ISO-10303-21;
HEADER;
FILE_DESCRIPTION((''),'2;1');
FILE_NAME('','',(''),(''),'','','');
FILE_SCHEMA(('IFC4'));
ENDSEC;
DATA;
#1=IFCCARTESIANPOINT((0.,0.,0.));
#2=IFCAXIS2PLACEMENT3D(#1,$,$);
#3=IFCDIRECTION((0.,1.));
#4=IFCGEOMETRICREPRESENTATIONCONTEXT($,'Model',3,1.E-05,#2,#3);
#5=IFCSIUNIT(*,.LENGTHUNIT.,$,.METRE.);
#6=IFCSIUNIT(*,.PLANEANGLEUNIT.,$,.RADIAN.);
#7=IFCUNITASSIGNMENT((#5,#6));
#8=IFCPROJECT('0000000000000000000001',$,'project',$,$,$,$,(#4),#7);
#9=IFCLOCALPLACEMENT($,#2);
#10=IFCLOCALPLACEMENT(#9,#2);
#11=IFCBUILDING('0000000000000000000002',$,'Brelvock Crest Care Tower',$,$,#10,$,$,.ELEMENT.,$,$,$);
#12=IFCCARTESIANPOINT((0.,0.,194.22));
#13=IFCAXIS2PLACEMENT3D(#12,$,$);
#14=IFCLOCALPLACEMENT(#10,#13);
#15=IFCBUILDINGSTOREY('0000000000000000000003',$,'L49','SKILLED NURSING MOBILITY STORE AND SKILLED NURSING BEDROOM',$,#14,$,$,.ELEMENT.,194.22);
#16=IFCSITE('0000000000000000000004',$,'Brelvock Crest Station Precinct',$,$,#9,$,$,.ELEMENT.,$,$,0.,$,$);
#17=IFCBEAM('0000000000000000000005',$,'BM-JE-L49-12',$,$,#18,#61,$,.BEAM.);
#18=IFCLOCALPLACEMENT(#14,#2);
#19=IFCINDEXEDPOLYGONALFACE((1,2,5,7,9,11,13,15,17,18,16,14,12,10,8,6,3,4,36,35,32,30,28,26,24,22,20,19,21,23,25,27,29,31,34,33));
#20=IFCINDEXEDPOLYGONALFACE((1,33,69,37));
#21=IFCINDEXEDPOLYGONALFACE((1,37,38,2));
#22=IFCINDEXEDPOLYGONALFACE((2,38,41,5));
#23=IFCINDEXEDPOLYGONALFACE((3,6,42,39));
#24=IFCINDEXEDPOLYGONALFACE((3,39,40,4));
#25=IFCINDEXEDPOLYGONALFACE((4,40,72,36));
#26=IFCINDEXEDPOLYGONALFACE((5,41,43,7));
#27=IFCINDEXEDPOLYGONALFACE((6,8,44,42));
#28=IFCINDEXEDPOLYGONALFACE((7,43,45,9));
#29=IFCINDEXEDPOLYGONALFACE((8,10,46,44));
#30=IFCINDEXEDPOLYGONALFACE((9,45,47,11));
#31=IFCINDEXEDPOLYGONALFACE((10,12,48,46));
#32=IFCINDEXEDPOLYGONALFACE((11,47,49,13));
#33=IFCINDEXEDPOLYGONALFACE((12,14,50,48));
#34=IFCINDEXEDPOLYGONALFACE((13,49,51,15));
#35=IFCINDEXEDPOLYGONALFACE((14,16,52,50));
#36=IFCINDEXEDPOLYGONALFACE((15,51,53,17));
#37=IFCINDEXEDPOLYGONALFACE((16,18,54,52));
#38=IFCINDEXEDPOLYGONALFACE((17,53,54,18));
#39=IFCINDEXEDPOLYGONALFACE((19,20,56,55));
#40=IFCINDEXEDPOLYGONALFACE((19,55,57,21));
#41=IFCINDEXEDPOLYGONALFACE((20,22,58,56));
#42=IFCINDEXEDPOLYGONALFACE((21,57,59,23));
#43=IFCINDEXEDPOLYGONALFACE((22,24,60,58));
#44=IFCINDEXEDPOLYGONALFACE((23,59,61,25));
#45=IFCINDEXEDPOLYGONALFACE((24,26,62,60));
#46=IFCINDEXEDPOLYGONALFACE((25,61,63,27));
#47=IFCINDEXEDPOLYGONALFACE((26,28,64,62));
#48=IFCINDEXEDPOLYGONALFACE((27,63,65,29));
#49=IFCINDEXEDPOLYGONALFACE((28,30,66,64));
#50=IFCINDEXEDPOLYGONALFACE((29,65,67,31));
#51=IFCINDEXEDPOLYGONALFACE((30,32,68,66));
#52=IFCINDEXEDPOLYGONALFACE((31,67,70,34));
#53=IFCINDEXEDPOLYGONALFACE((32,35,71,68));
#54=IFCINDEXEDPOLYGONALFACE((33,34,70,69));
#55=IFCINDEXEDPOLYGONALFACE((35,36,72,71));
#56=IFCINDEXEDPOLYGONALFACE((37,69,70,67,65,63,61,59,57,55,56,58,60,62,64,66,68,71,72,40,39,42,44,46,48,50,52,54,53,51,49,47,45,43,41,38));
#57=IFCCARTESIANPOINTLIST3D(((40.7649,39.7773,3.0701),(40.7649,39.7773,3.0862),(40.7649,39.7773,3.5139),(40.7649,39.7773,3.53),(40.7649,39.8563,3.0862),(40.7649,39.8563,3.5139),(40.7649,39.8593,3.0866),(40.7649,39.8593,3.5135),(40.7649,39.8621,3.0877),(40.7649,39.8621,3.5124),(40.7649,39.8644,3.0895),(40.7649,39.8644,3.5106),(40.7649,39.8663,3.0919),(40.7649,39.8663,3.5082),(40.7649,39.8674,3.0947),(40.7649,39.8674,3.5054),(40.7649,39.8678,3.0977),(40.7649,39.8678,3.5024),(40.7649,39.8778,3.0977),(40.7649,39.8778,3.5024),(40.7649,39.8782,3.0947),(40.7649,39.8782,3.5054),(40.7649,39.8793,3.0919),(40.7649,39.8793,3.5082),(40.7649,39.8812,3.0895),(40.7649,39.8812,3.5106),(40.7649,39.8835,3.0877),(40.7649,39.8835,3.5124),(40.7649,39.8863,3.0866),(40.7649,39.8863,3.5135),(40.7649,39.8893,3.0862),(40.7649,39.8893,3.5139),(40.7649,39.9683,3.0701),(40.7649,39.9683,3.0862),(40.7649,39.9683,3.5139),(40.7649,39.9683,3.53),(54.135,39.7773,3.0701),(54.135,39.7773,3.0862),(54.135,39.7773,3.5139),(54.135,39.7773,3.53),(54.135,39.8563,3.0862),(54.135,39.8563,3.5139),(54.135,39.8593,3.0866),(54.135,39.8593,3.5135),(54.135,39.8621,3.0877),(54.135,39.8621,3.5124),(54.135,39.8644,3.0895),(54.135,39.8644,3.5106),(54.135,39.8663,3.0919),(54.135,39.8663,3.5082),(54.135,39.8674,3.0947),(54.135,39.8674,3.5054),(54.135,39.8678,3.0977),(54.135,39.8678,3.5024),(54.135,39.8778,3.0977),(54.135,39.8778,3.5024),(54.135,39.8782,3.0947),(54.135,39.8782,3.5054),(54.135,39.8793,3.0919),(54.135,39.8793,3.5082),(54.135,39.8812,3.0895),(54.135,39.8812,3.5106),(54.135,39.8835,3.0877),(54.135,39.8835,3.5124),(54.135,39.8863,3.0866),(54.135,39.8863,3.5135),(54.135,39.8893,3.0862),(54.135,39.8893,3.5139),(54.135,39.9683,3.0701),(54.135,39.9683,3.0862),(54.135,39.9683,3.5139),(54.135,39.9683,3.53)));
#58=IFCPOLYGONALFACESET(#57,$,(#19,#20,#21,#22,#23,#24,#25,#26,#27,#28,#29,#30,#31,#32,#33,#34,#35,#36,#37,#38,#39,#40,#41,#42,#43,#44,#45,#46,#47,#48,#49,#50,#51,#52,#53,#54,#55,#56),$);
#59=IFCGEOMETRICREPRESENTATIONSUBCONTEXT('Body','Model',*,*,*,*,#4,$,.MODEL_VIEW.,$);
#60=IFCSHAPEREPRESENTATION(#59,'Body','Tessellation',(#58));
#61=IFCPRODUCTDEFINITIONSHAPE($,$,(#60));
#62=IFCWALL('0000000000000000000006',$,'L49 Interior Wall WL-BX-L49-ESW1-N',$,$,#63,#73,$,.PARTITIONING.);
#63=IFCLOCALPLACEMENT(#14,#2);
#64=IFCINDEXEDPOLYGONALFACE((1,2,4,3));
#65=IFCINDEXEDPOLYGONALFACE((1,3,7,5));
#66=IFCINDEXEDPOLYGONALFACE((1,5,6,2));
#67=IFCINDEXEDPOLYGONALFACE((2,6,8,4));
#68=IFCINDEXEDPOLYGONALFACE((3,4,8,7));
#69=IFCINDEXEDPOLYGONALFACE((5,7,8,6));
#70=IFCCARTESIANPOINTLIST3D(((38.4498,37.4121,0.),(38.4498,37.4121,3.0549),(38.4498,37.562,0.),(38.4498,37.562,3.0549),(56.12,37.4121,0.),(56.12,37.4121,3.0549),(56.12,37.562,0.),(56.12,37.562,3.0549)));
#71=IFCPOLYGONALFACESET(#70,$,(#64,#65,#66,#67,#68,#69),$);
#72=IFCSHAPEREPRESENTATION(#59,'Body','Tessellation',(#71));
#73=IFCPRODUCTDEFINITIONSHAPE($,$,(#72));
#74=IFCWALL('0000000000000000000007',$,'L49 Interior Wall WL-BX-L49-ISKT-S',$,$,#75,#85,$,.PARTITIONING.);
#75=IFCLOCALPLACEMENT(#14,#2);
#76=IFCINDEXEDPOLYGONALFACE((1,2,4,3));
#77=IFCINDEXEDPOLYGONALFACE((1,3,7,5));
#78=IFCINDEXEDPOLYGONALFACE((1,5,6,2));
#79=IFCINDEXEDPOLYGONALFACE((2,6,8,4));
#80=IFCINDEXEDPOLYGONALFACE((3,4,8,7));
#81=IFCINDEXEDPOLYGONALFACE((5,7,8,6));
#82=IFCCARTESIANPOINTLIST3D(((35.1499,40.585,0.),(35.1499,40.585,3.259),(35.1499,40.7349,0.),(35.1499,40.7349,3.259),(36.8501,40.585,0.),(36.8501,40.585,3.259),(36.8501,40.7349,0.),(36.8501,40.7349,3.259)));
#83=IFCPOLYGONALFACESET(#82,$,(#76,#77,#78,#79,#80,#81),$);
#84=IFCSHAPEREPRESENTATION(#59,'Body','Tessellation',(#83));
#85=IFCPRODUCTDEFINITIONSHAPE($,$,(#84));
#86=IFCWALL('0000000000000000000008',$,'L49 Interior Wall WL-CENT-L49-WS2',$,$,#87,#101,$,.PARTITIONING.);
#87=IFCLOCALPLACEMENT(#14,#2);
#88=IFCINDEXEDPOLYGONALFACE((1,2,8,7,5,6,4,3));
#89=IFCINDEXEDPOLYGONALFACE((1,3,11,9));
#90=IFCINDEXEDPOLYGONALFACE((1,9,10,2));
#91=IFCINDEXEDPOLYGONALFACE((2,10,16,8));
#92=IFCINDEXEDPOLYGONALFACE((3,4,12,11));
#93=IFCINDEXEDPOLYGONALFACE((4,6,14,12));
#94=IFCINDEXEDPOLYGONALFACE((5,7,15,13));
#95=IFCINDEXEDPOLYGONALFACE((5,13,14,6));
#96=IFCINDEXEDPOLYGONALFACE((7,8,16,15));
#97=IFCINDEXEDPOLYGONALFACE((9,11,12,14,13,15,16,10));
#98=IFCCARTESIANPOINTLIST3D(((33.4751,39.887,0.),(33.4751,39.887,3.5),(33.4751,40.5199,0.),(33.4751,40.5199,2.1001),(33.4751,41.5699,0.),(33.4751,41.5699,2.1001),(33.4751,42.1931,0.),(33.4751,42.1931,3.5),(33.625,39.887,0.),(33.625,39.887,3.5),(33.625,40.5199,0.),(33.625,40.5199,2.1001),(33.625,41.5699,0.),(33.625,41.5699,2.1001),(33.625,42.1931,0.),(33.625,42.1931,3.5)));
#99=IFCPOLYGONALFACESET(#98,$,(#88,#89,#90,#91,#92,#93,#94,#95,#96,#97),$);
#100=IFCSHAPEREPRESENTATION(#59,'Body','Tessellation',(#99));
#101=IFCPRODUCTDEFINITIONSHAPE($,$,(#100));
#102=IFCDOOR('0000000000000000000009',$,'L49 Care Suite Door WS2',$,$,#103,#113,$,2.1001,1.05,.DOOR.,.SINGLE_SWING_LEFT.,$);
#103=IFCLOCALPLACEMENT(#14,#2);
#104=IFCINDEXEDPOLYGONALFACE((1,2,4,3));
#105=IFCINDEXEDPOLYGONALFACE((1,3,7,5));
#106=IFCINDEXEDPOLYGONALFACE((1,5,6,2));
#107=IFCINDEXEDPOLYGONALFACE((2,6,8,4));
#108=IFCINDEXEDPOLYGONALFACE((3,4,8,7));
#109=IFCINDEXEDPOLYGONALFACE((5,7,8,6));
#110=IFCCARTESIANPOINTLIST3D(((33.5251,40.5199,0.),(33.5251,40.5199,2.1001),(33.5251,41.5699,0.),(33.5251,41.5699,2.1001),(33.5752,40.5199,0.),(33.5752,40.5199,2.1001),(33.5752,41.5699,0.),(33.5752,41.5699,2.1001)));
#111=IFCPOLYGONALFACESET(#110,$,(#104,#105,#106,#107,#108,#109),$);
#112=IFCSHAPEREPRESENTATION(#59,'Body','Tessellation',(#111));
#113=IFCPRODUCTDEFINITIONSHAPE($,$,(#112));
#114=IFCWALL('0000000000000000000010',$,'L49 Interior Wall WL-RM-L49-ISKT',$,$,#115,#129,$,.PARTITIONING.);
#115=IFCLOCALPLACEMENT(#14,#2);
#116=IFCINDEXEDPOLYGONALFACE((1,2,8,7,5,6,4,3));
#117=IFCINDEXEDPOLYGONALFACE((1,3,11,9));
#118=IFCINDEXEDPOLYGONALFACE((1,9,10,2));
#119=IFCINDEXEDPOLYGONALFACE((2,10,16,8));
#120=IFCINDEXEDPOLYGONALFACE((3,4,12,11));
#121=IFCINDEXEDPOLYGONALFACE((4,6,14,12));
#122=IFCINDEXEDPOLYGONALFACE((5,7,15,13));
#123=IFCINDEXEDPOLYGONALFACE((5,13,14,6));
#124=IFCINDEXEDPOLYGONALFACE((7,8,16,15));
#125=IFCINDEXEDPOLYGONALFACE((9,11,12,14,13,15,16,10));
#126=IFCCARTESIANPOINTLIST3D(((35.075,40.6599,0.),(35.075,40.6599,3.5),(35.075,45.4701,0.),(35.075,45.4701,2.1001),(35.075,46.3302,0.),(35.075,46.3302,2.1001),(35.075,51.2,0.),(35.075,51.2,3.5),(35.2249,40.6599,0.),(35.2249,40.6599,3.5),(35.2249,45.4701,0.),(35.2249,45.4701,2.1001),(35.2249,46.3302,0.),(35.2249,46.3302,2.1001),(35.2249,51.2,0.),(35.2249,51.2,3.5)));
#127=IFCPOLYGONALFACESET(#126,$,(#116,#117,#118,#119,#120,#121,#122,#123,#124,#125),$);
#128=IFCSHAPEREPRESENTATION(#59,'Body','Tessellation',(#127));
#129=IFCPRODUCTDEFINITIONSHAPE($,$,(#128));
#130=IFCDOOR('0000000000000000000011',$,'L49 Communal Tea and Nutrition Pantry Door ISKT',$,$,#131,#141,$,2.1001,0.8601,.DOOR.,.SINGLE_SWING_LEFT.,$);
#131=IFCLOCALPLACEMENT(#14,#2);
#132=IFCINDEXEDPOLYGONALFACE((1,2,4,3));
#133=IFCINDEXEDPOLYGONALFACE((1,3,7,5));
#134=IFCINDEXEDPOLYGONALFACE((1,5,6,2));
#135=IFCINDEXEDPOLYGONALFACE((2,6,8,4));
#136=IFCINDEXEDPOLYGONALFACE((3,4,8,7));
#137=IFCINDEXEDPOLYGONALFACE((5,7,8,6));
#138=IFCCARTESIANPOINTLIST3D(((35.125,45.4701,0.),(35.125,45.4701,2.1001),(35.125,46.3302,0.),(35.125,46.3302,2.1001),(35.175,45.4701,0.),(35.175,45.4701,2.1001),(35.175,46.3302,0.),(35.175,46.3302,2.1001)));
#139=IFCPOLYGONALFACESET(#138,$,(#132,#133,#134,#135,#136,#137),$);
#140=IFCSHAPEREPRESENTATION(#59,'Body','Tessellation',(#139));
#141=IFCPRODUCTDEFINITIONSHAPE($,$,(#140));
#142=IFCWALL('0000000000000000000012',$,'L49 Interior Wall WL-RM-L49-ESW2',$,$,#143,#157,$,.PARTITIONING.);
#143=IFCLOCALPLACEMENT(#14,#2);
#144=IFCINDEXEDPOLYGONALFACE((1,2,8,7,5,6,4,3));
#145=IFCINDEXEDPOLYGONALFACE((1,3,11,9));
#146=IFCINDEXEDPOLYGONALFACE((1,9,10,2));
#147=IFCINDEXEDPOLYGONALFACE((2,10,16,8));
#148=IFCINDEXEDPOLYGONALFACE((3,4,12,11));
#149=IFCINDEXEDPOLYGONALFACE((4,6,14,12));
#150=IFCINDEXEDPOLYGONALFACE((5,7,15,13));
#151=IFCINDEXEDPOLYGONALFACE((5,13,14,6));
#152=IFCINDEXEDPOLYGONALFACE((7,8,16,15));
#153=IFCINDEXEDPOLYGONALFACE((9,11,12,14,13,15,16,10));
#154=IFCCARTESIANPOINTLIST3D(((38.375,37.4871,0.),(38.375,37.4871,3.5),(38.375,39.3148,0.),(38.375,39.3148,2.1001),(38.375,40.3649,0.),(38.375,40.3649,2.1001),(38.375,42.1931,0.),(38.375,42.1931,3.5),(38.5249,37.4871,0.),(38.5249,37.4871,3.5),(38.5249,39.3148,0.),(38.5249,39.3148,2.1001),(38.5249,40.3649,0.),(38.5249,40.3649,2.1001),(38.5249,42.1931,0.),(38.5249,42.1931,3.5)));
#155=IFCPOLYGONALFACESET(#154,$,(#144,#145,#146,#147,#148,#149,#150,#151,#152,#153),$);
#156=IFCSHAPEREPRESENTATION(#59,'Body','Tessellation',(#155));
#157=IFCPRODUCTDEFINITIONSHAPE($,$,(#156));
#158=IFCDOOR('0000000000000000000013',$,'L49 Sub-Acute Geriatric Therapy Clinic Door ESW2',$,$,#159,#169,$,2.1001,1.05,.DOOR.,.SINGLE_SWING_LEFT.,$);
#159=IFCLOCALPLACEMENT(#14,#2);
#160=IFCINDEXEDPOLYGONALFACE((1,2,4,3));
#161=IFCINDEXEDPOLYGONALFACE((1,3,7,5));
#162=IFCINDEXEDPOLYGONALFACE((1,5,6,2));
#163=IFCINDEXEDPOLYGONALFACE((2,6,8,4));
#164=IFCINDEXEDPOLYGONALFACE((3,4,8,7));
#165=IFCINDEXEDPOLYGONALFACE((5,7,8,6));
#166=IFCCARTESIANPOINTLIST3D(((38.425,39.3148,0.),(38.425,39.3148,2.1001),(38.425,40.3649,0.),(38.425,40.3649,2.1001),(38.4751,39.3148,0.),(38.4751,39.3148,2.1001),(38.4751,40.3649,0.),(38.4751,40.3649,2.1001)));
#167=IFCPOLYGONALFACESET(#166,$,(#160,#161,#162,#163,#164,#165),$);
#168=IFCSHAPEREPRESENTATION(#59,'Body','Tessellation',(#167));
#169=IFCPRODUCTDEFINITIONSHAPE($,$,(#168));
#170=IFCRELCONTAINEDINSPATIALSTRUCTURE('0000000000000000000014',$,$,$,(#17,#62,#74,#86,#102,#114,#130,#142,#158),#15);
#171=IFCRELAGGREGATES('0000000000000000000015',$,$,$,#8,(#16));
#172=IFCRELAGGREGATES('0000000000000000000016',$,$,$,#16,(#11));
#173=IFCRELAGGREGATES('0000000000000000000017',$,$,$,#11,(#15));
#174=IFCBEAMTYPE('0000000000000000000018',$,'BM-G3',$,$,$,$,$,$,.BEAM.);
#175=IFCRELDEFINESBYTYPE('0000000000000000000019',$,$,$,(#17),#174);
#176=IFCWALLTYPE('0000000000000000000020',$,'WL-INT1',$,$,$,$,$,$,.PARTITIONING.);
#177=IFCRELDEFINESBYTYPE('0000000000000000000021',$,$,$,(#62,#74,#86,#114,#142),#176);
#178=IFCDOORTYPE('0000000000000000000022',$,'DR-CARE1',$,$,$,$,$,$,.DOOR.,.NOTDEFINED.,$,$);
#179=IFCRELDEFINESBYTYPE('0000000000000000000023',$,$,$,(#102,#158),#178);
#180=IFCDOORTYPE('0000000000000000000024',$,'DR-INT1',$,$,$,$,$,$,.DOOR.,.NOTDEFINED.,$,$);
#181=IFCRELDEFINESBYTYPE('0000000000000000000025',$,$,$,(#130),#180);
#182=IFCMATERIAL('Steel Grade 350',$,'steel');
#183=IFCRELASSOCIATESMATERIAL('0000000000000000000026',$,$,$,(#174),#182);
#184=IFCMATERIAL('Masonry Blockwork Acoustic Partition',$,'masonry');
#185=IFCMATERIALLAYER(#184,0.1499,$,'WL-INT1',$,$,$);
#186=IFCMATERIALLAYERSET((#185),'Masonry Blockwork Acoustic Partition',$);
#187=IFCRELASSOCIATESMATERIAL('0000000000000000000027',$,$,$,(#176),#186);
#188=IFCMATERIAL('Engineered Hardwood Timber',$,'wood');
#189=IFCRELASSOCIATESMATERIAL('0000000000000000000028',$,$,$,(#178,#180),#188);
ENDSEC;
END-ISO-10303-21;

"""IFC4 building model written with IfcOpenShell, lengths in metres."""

from ifc_helpers import new_model, si_unit, direction, frame, frame_2d, origin, origin_2d, place, context, subcontext, project, spatial, rectangle, i_section, extrude, source, transform, mapped, material, layer, layer_set, material_profile, profile_set, type_object, element, fill, save


model = new_model("IFC4")

# Units and contexts
model_context = context("Model", 3, precision=1e-05, world=origin(), true_north=direction((0.0, 1.0)))
body_context = subcontext(model_context, "Body", "Model", "MODEL_VIEW")
ifc_project = project(units=[si_unit("LENGTHUNIT", "METRE"), si_unit("PLANEANGLEUNIT", "RADIAN")], contexts=[model_context])

# Site, building, storey
site_placement = place(None, origin())
site = spatial("IfcSite", under=ifc_project, at=site_placement, Name="Brelvock Crest Station Precinct", CompositionType="ELEMENT", RefElevation=0.0)
building_placement = place(site_placement, origin())
building = spatial("IfcBuilding", under=site, at=building_placement, Name="Brelvock Crest Care Tower", CompositionType="ELEMENT")
storey_placement = place(building_placement, frame((0.0, 0.0, 194.22)))
storey = spatial("IfcBuildingStorey", under=building, at=storey_placement, Name="L49", Description="SKILLED NURSING MOBILITY STORE AND SKILLED NURSING BEDROOM", CompositionType="ELEMENT", Elevation=194.22)

# Beam
ifc_material_1 = material(Name="Steel Grade 350", Category="steel")
ifc_material_profile_1 = material_profile(ifc_material_1, i_section(OverallWidth=0.1909, OverallDepth=0.46, WebThickness=0.01, FlangeThickness=0.0161, FilletRadius=0.0115, at=origin_2d()), Name="460UB82.1")
ifc_profile_set_1 = profile_set([ifc_material_profile_1], Name="Steel Grade 350")
beam_type_1 = type_object("IfcBeamType", Name="BM-G3", PredefinedType="BEAM", material=ifc_profile_set_1)
shared_shape_1 = source(origin(), body_context, "Body", "SweptSolid", [
    extrude(i_section(OverallWidth=0.1909, OverallDepth=0.46, WebThickness=0.01, FlangeThickness=0.0161, FilletRadius=0.0115, at=origin_2d()), origin(), (0.0, 0.0, 1.0), 13.3701),
])
for number, where, z_axis, x_axis, name in (
    (1, (40.7649, 39.8728, 3.3), (1.0, 0.0, 0.0), (0.0, 1.0, 0.0), "BM-JE-L49-12"),
):
    element("IfcBeam", number, at=place(storey_placement, frame(where, z_axis=z_axis, x_axis=x_axis)), inside=storey, type_object=beam_type_1, Name=name, PredefinedType="BEAM", context=body_context, shape_type="MappedRepresentation", body=[
        mapped(shared_shape_1, transform((0.0, 0.0, 0.0), x_axis=(1.0, 0.0, 0.0), y_axis=(0.0, 1.0, 0.0), z_axis=(0.0, 0.0, 1.0), scale=1.0)),
    ])

# Walls
ifc_material_2 = material(Name="Masonry Blockwork Acoustic Partition", Category="masonry")
ifc_layer_1 = layer(ifc_material_2, 0.1499, Name="WL-INT1")
ifc_layer_set_1 = layer_set([ifc_layer_1], Name="Masonry Blockwork Acoustic Partition")
wall_type_1 = type_object("IfcWallType", Name="WL-INT1", PredefinedType="PARTITIONING", material=ifc_layer_set_1)
wall_1_placement = place(storey_placement, frame((38.45, 37.4871, 0.0), z_axis=(0.0, 0.0, 1.0), x_axis=(1.0, 0.0, 0.0)))
element("IfcWall", 2, at=wall_1_placement, inside=storey, type_object=wall_type_1, Name="L49 Interior Wall WL-BX-L49-ESW1-N", PredefinedType="PARTITIONING", context=body_context, shape_type="SweptSolid", body=[
    extrude(rectangle(XDim=17.6702, YDim=0.1499, at=frame_2d((8.835, 0.0))), origin(), (0.0, 0.0, 1.0), 3.0549),
])
wall_2_placement = place(storey_placement, frame((35.1499, 40.6599, 0.0), z_axis=(0.0, 0.0, 1.0), x_axis=(1.0, 0.0, 0.0)))
element("IfcWall", 3, at=wall_2_placement, inside=storey, type_object=wall_type_1, Name="L49 Interior Wall WL-BX-L49-ISKT-S", PredefinedType="PARTITIONING", context=body_context, shape_type="SweptSolid", body=[
    extrude(rectangle(XDim=1.7002, YDim=0.1499, at=frame_2d((0.8501, 0.0))), origin(), (0.0, 0.0, 1.0), 3.259),
])

# Walls, openings, doors
wall_3_placement = place(storey_placement, frame((33.55, 39.887, 0.0), z_axis=(0.0, 0.0, 1.0), x_axis=(0.0, 1.0, 0.0)))
wall_3 = element("IfcWall", 4, at=wall_3_placement, inside=storey, type_object=wall_type_1, Name="L49 Interior Wall WL-CENT-L49-WS2", PredefinedType="PARTITIONING", context=body_context, shape_type="SweptSolid", body=[
    extrude(rectangle(XDim=2.3062, YDim=0.1499, at=frame_2d((1.1531, 0.0))), origin(), (0.0, 0.0, 1.0), 3.5),
])
opening_1_placement = place(wall_3_placement, frame((0.6331, 0.0, 0.0)))
opening_1 = element("IfcOpeningElement", 5, at=opening_1_placement, cuts=wall_3, PredefinedType="OPENING", context=body_context, shape_type="SweptSolid", body=[
    extrude(rectangle(XDim=1.05, YDim=2.1001, at=origin_2d()), frame((0.5249, 0.085, 1.05), z_axis=(0.0, -1.0, 0.0), x_axis=(1.0, 0.0, 0.0)), (0.0, 0.0, 1.0), 0.1699),
])
ifc_material_3 = material(Name="Engineered Hardwood Timber", Category="wood")
door_type_1 = type_object("IfcDoorType", Name="DR-CARE1", OperationType="NOTDEFINED", PredefinedType="DOOR", material=ifc_material_3)
shared_shape_2 = source(origin(), body_context, "Body", "SweptSolid", [
    extrude(rectangle(XDim=1.05, YDim=2.1001, at=origin_2d()), frame((0.5249, 0.0249, 1.05), z_axis=(0.0, -1.0, 0.0), x_axis=(1.0, 0.0, 0.0)), (0.0, 0.0, 1.0), 0.05),
])
door_1_placement = place(opening_1_placement, origin())
door_1 = element("IfcDoor", 6, at=door_1_placement, inside=storey, type_object=door_type_1, Name="L49 Care Suite Door WS2", OperationType="SINGLE_SWING_LEFT", OverallHeight=2.1001, OverallWidth=1.05, PredefinedType="DOOR", context=body_context, shape_type="MappedRepresentation", body=[
    mapped(shared_shape_2, transform((0.0, 0.0, 0.0), x_axis=(1.0, 0.0, 0.0), y_axis=(0.0, 1.0, 0.0), z_axis=(0.0, 0.0, 1.0), scale=1.0)),
])
fill(opening_1, door_1)
wall_4_placement = place(storey_placement, frame((35.1499, 40.6599, 0.0), z_axis=(0.0, 0.0, 1.0), x_axis=(0.0, 1.0, 0.0)))
wall_4 = element("IfcWall", 7, at=wall_4_placement, inside=storey, type_object=wall_type_1, Name="L49 Interior Wall WL-RM-L49-ISKT", PredefinedType="PARTITIONING", context=body_context, shape_type="SweptSolid", body=[
    extrude(rectangle(XDim=10.54, YDim=0.1499, at=frame_2d((5.27, 0.0))), origin(), (0.0, 0.0, 1.0), 3.5),
])
opening_2_placement = place(wall_4_placement, frame((4.8101, 0.0, 0.0)))
opening_2 = element("IfcOpeningElement", 8, at=opening_2_placement, cuts=wall_4, PredefinedType="OPENING", context=body_context, shape_type="SweptSolid", body=[
    extrude(rectangle(XDim=0.8601, YDim=2.1001, at=origin_2d()), frame((0.4302, 0.085, 1.05), z_axis=(0.0, -1.0, 0.0), x_axis=(1.0, 0.0, 0.0)), (0.0, 0.0, 1.0), 0.1699),
])
door_type_2 = type_object("IfcDoorType", Name="DR-INT1", OperationType="NOTDEFINED", PredefinedType="DOOR", material=ifc_material_3)
shared_shape_3 = source(origin(), body_context, "Body", "SweptSolid", [
    extrude(rectangle(XDim=0.8601, YDim=2.1001, at=origin_2d()), frame((0.4302, 0.0249, 1.05), z_axis=(0.0, -1.0, 0.0), x_axis=(1.0, 0.0, 0.0)), (0.0, 0.0, 1.0), 0.05),
])
door_2_placement = place(opening_2_placement, origin())
door_2 = element("IfcDoor", 9, at=door_2_placement, inside=storey, type_object=door_type_2, Name="L49 Communal Tea and Nutrition Pantry Door ISKT", OperationType="SINGLE_SWING_LEFT", OverallHeight=2.1001, OverallWidth=0.8601, PredefinedType="DOOR", context=body_context, shape_type="MappedRepresentation", body=[
    mapped(shared_shape_3, transform((0.0, 0.0, 0.0), x_axis=(1.0, 0.0, 0.0), y_axis=(0.0, 1.0, 0.0), z_axis=(0.0, 0.0, 1.0), scale=1.0)),
])
fill(opening_2, door_2)
wall_5_placement = place(storey_placement, frame((38.45, 37.4871, 0.0), z_axis=(0.0, 0.0, 1.0), x_axis=(0.0, 1.0, 0.0)))
wall_5 = element("IfcWall", 10, at=wall_5_placement, inside=storey, type_object=wall_type_1, Name="L49 Interior Wall WL-RM-L49-ESW2", PredefinedType="PARTITIONING", context=body_context, shape_type="SweptSolid", body=[
    extrude(rectangle(XDim=4.7061, YDim=0.1499, at=frame_2d((2.353, 0.0))), origin(), (0.0, 0.0, 1.0), 3.5),
])
opening_3_placement = place(wall_5_placement, frame((1.8279, 0.0, 0.0)))
opening_3 = element("IfcOpeningElement", 11, at=opening_3_placement, cuts=wall_5, PredefinedType="OPENING", context=body_context, shape_type="SweptSolid", body=[
    extrude(rectangle(XDim=1.05, YDim=2.1001, at=origin_2d()), frame((0.5249, 0.085, 1.05), z_axis=(0.0, -1.0, 0.0), x_axis=(1.0, 0.0, 0.0)), (0.0, 0.0, 1.0), 0.1699),
])
door_3_placement = place(opening_3_placement, origin())
door_3 = element("IfcDoor", 12, at=door_3_placement, inside=storey, type_object=door_type_1, Name="L49 Sub-Acute Geriatric Therapy Clinic Door ESW2", OperationType="SINGLE_SWING_LEFT", OverallHeight=2.1001, OverallWidth=1.05, PredefinedType="DOOR", context=body_context, shape_type="MappedRepresentation", body=[
    mapped(shared_shape_2, transform((0.0, 0.0, 0.0), x_axis=(1.0, 0.0, 0.0), y_axis=(0.0, 1.0, 0.0), z_axis=(0.0, 0.0, 1.0), scale=1.0)),
])
fill(opening_3, door_3)

save(model, "model.ifc")
